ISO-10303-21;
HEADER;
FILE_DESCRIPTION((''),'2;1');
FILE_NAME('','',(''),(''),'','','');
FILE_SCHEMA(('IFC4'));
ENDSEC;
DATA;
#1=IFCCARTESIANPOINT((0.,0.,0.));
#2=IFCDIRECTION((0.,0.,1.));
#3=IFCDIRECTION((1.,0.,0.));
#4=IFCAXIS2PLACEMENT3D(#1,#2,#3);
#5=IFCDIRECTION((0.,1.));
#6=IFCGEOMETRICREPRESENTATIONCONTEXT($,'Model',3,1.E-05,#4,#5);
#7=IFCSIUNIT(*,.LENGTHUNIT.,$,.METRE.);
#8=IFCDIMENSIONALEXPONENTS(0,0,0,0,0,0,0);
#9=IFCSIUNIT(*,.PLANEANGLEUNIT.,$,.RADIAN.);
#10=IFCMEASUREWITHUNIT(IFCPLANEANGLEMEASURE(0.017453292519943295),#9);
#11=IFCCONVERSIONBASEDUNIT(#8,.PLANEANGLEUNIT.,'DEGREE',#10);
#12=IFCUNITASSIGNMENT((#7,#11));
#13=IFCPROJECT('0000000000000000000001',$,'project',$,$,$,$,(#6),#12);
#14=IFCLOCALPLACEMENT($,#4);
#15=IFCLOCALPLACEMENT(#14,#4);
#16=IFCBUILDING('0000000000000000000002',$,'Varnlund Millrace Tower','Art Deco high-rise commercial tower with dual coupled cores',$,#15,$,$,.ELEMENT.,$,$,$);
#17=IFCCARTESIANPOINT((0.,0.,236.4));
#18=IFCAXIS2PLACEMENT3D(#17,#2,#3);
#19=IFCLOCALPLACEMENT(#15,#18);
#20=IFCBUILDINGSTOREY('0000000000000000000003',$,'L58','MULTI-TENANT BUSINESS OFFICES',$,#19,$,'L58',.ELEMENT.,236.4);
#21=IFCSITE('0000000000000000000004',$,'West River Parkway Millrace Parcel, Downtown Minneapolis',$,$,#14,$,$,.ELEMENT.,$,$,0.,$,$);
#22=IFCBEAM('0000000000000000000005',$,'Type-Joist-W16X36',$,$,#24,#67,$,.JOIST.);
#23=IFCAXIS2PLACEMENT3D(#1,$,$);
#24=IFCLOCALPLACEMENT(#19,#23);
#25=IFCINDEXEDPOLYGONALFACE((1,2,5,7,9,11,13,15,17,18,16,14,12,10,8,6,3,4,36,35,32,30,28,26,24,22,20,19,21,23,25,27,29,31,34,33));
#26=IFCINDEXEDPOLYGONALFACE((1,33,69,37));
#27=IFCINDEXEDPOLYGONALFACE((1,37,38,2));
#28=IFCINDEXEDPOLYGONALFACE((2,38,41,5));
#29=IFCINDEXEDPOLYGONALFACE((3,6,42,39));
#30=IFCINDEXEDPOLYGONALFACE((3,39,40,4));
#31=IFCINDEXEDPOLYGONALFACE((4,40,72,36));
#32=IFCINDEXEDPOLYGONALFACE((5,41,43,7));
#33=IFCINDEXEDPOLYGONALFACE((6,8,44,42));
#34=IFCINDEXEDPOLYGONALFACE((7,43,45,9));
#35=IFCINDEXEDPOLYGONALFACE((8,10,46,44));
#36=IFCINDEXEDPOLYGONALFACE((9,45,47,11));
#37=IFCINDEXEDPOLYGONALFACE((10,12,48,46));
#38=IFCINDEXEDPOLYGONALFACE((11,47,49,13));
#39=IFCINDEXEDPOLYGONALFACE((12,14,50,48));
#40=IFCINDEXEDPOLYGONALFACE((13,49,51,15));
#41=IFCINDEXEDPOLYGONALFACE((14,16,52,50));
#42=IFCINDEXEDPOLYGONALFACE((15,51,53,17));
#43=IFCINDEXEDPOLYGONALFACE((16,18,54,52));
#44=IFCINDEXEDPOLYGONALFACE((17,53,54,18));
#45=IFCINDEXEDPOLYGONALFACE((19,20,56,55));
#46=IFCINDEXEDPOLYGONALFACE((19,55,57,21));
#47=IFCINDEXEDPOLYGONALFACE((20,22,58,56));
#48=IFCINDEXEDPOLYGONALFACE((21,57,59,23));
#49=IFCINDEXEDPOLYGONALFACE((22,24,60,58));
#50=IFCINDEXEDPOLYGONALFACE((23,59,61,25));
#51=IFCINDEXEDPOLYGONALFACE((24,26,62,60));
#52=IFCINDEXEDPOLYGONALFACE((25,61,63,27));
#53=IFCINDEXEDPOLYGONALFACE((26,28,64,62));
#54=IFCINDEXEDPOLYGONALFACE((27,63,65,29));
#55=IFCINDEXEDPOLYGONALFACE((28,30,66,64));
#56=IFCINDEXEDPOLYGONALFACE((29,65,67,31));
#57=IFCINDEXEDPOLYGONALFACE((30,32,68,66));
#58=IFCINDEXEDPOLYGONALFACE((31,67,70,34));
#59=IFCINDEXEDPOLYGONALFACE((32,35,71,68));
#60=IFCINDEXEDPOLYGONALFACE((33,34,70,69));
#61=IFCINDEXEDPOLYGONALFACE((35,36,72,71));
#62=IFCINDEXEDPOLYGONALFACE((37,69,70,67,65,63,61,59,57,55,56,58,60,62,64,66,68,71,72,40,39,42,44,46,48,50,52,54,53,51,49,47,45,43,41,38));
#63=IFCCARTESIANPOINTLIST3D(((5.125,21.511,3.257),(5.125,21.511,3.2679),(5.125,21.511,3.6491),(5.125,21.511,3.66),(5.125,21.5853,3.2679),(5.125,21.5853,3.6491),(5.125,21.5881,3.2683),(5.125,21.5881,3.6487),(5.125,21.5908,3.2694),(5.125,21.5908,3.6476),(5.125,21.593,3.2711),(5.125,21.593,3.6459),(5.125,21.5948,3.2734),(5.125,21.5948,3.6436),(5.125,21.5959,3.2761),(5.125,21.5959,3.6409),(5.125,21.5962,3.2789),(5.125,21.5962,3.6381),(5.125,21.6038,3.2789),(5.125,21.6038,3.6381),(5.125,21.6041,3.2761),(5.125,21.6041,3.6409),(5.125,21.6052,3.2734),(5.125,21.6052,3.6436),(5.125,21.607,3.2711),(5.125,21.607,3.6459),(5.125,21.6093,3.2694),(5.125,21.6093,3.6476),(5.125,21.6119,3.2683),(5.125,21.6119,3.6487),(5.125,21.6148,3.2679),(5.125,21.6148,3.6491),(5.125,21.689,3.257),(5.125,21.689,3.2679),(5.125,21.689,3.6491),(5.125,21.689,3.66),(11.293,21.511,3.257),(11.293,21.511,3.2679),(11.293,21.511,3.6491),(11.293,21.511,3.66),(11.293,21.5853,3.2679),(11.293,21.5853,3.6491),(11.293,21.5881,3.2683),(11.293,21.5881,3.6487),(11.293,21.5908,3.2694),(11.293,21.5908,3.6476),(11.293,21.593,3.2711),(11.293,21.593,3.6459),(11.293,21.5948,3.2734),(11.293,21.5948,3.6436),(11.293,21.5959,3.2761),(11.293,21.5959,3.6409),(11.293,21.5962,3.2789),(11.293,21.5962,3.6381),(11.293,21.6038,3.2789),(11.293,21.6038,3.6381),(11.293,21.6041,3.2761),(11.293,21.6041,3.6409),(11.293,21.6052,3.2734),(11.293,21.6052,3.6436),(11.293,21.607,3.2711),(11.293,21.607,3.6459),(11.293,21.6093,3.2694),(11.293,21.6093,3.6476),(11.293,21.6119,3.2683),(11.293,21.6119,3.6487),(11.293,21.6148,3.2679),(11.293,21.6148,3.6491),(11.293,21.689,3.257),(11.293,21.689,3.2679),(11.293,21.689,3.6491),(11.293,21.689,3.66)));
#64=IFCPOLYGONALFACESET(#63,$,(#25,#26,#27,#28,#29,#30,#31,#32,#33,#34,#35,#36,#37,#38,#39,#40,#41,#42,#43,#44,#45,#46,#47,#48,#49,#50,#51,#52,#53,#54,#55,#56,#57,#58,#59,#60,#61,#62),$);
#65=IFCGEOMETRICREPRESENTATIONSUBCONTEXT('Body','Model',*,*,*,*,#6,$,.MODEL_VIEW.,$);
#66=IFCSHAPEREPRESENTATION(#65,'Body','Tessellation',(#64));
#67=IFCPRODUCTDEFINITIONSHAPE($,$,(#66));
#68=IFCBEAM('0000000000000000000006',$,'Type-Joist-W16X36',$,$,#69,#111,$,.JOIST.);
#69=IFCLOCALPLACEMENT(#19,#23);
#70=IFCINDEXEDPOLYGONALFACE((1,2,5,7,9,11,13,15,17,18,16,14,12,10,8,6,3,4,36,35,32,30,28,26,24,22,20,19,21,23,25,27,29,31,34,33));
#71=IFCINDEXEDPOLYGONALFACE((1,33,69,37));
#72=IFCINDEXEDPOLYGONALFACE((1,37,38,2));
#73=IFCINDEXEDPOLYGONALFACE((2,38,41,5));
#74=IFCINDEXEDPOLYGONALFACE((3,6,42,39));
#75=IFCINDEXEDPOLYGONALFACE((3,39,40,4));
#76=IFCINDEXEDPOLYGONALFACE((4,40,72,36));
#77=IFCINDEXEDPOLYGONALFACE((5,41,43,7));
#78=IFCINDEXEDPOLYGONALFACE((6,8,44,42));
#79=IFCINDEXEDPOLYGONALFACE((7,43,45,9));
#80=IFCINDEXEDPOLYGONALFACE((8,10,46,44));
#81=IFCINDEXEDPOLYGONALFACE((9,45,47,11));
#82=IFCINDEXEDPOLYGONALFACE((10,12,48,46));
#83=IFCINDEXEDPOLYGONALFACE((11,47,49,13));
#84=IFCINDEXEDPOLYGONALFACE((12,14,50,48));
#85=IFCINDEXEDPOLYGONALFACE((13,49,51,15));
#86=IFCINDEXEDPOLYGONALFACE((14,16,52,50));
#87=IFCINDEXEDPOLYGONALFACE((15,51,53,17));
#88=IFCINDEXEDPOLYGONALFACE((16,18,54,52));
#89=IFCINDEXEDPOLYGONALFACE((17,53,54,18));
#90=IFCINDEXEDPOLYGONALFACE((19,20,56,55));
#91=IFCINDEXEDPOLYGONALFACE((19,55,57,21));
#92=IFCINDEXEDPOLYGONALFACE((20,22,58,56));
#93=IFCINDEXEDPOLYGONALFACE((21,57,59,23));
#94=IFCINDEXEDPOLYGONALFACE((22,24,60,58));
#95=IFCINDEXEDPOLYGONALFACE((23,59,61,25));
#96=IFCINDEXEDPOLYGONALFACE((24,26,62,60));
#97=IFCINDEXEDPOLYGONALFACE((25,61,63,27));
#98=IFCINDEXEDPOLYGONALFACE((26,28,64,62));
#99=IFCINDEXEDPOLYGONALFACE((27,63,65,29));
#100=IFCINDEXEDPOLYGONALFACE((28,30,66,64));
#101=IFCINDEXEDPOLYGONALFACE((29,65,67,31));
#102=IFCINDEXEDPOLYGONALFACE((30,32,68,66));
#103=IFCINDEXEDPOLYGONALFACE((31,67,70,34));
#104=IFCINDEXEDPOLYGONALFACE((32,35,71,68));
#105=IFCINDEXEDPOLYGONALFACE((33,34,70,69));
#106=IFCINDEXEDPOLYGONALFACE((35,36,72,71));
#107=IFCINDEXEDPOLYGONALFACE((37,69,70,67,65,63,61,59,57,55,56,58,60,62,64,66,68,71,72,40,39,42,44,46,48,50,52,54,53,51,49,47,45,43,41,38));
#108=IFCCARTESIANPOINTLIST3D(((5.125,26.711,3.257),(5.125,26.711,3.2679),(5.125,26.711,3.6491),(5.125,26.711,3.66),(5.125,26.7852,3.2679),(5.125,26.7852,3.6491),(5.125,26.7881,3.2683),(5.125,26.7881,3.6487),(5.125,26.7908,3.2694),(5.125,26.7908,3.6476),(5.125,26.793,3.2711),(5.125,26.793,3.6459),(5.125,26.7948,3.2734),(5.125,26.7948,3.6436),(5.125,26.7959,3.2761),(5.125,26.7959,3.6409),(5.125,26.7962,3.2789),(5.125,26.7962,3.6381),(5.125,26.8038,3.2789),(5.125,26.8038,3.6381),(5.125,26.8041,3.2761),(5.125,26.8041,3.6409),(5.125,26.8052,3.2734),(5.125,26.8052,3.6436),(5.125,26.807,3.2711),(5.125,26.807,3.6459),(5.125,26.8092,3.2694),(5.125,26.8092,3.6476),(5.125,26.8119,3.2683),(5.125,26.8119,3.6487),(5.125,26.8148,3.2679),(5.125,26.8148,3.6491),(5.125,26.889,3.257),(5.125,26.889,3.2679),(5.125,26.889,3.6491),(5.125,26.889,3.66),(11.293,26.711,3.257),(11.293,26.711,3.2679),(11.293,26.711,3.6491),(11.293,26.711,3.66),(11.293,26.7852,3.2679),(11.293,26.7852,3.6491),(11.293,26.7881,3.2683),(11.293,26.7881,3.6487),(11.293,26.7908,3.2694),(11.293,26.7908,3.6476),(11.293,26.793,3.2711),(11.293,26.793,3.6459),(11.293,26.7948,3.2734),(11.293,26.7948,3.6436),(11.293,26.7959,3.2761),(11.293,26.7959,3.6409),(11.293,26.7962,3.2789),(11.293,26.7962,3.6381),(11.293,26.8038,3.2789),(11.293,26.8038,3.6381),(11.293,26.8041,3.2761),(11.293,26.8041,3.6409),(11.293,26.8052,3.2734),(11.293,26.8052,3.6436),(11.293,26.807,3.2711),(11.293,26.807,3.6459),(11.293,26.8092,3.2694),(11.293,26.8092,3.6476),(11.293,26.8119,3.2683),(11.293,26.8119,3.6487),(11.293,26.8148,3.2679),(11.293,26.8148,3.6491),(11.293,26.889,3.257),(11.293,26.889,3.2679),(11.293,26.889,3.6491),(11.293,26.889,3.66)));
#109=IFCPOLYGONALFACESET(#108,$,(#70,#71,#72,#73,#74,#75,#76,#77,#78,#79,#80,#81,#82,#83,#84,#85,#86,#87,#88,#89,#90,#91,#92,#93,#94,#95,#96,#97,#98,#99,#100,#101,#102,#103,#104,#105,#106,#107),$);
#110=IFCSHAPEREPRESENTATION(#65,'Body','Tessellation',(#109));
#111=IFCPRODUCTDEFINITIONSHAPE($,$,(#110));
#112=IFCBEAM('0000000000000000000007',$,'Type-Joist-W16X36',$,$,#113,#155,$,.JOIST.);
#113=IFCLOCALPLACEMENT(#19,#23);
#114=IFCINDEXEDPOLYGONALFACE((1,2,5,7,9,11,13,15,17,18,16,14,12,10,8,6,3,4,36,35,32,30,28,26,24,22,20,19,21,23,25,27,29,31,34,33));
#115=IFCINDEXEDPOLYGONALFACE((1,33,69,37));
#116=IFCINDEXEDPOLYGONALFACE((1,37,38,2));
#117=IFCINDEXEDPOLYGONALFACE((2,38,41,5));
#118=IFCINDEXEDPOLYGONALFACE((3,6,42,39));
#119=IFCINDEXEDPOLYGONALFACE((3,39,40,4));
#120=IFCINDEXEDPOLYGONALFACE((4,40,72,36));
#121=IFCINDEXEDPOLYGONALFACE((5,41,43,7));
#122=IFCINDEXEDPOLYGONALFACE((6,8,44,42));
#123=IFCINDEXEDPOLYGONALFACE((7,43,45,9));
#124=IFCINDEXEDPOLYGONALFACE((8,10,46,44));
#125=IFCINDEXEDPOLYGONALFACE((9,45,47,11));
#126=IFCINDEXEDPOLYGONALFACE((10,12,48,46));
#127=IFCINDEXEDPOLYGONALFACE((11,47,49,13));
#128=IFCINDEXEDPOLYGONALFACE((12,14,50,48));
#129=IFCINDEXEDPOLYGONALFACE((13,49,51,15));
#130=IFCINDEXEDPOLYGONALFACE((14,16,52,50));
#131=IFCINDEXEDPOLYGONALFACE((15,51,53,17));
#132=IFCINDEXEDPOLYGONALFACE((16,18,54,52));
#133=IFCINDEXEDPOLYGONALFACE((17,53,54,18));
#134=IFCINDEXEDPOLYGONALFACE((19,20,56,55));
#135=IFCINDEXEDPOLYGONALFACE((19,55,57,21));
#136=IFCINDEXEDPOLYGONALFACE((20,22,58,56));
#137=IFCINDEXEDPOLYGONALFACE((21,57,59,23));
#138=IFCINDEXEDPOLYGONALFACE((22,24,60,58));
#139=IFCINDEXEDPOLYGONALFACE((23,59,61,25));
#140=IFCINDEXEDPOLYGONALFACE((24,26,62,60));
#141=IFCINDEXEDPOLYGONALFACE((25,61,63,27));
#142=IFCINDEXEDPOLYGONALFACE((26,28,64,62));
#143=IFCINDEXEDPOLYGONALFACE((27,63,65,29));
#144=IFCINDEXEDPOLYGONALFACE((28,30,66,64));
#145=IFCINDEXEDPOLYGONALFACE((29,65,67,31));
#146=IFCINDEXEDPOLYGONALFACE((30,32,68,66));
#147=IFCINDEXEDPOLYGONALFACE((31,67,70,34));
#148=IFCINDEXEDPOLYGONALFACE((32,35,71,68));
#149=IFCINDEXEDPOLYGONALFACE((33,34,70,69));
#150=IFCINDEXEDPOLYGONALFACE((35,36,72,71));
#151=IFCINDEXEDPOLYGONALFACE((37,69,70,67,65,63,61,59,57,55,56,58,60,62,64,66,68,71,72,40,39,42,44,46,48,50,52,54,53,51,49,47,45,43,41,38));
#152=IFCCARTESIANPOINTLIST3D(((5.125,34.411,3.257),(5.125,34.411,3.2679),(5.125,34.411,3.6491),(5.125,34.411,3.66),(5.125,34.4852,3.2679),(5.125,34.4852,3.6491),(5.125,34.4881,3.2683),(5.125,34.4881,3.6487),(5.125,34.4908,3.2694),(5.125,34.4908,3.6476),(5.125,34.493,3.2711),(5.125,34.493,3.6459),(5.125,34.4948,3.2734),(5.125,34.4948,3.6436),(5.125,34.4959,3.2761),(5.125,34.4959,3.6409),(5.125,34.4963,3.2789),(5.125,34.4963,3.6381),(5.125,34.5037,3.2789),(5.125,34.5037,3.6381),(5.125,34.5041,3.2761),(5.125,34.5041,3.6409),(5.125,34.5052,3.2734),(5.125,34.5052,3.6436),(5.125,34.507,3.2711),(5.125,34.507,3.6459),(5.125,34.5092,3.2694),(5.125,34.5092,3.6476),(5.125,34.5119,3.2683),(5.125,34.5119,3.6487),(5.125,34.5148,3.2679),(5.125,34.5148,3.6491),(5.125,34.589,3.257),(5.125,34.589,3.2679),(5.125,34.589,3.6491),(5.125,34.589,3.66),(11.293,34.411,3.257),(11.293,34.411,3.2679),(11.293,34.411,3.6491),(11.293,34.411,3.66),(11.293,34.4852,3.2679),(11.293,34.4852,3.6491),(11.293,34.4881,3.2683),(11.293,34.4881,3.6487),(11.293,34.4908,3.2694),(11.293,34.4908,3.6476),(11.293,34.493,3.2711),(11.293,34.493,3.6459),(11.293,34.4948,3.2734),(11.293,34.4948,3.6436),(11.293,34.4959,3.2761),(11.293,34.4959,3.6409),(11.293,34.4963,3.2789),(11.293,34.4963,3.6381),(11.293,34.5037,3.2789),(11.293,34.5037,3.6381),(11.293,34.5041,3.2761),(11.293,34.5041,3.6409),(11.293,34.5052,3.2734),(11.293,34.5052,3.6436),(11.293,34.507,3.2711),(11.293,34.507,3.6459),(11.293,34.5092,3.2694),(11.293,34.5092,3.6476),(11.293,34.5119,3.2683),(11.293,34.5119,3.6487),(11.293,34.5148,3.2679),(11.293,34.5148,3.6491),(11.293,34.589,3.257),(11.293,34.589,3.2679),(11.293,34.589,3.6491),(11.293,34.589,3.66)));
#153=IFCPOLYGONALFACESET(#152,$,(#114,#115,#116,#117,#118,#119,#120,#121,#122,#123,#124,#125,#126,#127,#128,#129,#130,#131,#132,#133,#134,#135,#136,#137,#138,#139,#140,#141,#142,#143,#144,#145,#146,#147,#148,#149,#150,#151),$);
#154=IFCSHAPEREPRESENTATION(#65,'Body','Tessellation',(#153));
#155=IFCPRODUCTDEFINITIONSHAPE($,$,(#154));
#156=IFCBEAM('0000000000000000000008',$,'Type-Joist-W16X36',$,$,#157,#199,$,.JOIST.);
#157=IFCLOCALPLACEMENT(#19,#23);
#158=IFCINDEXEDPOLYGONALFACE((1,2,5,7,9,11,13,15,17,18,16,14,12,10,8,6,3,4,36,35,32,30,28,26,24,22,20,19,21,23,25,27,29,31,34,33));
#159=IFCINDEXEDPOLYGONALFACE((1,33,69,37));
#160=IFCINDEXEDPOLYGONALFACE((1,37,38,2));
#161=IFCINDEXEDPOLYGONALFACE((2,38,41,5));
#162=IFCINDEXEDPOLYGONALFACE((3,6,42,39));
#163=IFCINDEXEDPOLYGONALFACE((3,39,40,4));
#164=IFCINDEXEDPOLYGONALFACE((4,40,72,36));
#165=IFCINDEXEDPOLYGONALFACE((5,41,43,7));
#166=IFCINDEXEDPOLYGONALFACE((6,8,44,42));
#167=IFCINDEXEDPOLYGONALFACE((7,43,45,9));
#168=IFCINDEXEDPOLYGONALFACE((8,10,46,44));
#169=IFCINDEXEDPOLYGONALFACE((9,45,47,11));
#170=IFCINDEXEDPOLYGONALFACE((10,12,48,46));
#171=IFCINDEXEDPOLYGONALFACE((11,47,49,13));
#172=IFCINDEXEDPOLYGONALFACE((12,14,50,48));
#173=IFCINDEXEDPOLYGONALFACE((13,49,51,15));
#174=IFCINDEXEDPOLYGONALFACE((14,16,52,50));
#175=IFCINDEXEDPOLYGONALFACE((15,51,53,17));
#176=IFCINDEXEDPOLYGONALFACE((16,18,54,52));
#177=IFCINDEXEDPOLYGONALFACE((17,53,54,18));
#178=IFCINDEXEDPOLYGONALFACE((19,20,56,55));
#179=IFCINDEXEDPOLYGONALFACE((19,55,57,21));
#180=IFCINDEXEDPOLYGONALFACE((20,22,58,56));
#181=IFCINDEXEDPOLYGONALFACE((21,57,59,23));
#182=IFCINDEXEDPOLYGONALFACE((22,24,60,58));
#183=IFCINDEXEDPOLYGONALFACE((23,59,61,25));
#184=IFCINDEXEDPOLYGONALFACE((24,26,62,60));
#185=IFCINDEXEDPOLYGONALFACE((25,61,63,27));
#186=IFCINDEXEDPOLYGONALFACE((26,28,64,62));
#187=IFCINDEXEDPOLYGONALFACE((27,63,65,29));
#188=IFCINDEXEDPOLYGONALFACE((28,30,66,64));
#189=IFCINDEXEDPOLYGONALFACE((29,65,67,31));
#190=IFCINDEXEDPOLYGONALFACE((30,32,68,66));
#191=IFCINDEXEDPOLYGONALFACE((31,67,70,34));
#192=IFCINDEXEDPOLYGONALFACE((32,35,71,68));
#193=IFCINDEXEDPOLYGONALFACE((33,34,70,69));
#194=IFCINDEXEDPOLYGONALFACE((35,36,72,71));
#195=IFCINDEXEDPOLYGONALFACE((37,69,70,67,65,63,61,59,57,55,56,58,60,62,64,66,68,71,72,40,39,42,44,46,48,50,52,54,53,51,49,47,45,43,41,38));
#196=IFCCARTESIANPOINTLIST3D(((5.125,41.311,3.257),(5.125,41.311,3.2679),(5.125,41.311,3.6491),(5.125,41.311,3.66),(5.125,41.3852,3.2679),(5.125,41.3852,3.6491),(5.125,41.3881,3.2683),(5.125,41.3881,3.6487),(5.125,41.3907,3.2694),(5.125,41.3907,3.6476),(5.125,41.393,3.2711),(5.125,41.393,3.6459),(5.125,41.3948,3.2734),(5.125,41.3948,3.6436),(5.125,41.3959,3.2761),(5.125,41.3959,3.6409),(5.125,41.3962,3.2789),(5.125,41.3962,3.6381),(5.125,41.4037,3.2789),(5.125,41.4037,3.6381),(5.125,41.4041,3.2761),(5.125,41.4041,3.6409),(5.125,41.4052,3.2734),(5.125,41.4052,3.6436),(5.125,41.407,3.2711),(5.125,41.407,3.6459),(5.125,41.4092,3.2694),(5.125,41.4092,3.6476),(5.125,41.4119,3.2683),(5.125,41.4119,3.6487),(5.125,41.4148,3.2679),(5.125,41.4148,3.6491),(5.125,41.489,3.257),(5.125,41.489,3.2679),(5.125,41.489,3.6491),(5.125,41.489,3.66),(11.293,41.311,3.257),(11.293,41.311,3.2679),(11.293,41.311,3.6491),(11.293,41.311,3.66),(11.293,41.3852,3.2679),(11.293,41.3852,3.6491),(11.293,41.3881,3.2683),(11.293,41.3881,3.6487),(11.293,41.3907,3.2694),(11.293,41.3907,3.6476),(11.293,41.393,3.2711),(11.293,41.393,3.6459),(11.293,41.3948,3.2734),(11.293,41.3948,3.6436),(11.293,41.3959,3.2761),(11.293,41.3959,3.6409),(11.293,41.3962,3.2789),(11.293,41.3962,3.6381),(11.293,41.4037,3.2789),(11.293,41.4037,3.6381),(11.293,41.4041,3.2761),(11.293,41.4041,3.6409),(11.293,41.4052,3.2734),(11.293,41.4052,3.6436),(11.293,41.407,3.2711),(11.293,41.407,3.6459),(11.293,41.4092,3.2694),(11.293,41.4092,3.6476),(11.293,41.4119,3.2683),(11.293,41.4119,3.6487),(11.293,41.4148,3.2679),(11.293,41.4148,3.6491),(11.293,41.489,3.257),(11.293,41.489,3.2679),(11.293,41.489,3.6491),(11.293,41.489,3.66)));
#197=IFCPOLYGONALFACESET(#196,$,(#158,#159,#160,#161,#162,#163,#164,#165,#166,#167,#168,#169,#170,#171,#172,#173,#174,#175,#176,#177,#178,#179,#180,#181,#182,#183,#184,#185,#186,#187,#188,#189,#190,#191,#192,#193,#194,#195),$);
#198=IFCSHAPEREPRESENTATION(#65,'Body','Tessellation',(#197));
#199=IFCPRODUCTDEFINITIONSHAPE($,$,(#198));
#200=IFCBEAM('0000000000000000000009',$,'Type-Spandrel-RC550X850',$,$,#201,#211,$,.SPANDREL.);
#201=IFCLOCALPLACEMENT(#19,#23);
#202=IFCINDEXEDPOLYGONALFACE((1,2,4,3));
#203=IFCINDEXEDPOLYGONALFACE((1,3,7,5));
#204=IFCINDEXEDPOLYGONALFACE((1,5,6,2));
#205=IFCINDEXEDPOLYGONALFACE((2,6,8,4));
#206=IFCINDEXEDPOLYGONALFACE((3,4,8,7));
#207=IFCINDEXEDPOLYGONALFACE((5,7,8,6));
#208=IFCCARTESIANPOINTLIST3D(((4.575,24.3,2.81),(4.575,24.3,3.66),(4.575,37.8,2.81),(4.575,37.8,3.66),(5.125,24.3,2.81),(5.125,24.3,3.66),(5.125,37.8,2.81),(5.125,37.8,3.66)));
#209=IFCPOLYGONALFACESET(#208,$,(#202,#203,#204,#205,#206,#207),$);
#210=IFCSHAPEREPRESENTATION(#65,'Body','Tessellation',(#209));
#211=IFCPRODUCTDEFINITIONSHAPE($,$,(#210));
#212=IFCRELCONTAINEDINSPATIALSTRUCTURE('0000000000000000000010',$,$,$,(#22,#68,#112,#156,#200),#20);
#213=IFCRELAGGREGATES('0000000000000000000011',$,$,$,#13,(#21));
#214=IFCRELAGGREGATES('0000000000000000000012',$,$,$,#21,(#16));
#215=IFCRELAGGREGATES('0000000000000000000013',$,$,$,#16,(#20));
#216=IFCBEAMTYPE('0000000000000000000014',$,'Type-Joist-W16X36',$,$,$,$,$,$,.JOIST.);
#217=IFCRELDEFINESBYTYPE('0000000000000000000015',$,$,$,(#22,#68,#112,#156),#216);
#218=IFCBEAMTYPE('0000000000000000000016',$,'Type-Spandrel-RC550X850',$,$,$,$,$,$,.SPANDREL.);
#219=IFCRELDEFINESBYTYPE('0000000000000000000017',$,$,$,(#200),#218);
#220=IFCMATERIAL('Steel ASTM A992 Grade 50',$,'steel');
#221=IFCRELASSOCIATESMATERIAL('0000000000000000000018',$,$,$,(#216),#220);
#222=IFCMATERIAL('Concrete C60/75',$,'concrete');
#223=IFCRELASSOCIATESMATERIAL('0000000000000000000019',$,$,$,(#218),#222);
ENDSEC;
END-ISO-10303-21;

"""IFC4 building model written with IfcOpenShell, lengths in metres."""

from ifc_helpers import new_model, entity, si_unit, converted_unit, direction, frame, origin_with_axes, origin_2d_with_axis, place, context, subcontext, project, spatial, rectangle, i_section, extrude, material, material_profile, profile_set, type_object, element, save


model = new_model("IFC4")

# Units and contexts
model_context = context("Model", 3, precision=1e-05, world=origin_with_axes(), true_north=direction((0.0, 1.0)))
body_context = subcontext(model_context, "Body", "Model", "MODEL_VIEW")
ifc_project = project(units=[si_unit("LENGTHUNIT", "METRE"), converted_unit("PLANEANGLEUNIT", "DEGREE", entity("IfcPlaneAngleMeasure", 0.017453292519943295), si_unit("PLANEANGLEUNIT", "RADIAN"), dimensions=[0, 0, 0, 0, 0, 0, 0])], contexts=[model_context])

# Site, building, storey
site_placement = place(None, origin_with_axes())
site = spatial("IfcSite", under=ifc_project, at=site_placement, Name="West River Parkway Millrace Parcel, Downtown Minneapolis", CompositionType="ELEMENT", RefElevation=0.0)
building_placement = place(site_placement, origin_with_axes())
building = spatial("IfcBuilding", under=site, at=building_placement, Name="Varnlund Millrace Tower", Description="Art Deco high-rise commercial tower with dual coupled cores", CompositionType="ELEMENT")
storey_placement = place(building_placement, frame((0.0, 0.0, 236.4), z_axis=(0.0, 0.0, 1.0), x_axis=(1.0, 0.0, 0.0)))
storey = spatial("IfcBuildingStorey", under=building, at=storey_placement, Name="L58", Description="MULTI-TENANT BUSINESS OFFICES", LongName="L58", CompositionType="ELEMENT", Elevation=236.4)

# Beams
ifc_material_1 = material(Name="Steel ASTM A992 Grade 50", Category="steel")
ifc_material_profile_1 = material_profile(ifc_material_1, i_section(OverallWidth=0.178, OverallDepth=0.403, WebThickness=0.0075, FlangeThickness=0.0109, FilletRadius=0.011, at=origin_2d_with_axis()), Name="Steel ASTM A992 Grade 50")
ifc_profile_set_1 = profile_set([ifc_material_profile_1], Name="Steel ASTM A992 Grade 50")
beam_type_1 = type_object("IfcBeamType", Name="Type-Joist-W16X36", PredefinedType="JOIST", material=ifc_profile_set_1)
for number, where, z_axis, x_axis, name in (
    (1, (5.125, 21.6, 3.4585), (1.0, 0.0, 0.0), (0.0, 1.0, 0.0), "Type-Joist-W16X36"),
    (2, (5.125, 26.8, 3.4585), (1.0, 0.0, 0.0), (0.0, 1.0, 0.0), "Type-Joist-W16X36"),
    (3, (5.125, 34.5, 3.4585), (1.0, 0.0, 0.0), (0.0, 1.0, 0.0), "Type-Joist-W16X36"),
    (4, (5.125, 41.4, 3.4585), (1.0, 0.0, 0.0), (0.0, 1.0, 0.0), "Type-Joist-W16X36"),
):
    element("IfcBeam", number, at=place(storey_placement, frame(where, z_axis=z_axis, x_axis=x_axis)), inside=storey, type_object=beam_type_1, Name=name, PredefinedType="JOIST", context=body_context, shape_type="SweptSolid", body=[
        extrude(i_section(OverallWidth=0.178, OverallDepth=0.403, WebThickness=0.0075, FlangeThickness=0.0109, FilletRadius=0.011, at=origin_2d_with_axis()), origin_with_axes(), (0.0, 0.0, 1.0), 6.168),
    ])
ifc_material_2 = material(Name="Concrete C60/75", Category="concrete")
ifc_material_profile_2 = material_profile(ifc_material_2, rectangle(XDim=0.55, YDim=0.85, at=origin_2d_with_axis()), Name="Concrete C60/75")
ifc_profile_set_2 = profile_set([ifc_material_profile_2], Name="Concrete C60/75")
beam_type_2 = type_object("IfcBeamType", Name="Type-Spandrel-RC550X850", PredefinedType="SPANDREL", material=ifc_profile_set_2)
beam_1_placement = place(storey_placement, frame((4.85, 24.3, 3.235), z_axis=(0.0, 1.0, 0.0), x_axis=(-1.0, 0.0, 0.0)))
element("IfcBeam", 5, at=beam_1_placement, inside=storey, type_object=beam_type_2, Name="Type-Spandrel-RC550X850", PredefinedType="SPANDREL", context=body_context, shape_type="SweptSolid", body=[
    extrude(rectangle(XDim=0.55, YDim=0.85, at=origin_2d_with_axis()), origin_with_axes(), (0.0, 0.0, 1.0), 13.5),
])

save(model, "model.ifc")
